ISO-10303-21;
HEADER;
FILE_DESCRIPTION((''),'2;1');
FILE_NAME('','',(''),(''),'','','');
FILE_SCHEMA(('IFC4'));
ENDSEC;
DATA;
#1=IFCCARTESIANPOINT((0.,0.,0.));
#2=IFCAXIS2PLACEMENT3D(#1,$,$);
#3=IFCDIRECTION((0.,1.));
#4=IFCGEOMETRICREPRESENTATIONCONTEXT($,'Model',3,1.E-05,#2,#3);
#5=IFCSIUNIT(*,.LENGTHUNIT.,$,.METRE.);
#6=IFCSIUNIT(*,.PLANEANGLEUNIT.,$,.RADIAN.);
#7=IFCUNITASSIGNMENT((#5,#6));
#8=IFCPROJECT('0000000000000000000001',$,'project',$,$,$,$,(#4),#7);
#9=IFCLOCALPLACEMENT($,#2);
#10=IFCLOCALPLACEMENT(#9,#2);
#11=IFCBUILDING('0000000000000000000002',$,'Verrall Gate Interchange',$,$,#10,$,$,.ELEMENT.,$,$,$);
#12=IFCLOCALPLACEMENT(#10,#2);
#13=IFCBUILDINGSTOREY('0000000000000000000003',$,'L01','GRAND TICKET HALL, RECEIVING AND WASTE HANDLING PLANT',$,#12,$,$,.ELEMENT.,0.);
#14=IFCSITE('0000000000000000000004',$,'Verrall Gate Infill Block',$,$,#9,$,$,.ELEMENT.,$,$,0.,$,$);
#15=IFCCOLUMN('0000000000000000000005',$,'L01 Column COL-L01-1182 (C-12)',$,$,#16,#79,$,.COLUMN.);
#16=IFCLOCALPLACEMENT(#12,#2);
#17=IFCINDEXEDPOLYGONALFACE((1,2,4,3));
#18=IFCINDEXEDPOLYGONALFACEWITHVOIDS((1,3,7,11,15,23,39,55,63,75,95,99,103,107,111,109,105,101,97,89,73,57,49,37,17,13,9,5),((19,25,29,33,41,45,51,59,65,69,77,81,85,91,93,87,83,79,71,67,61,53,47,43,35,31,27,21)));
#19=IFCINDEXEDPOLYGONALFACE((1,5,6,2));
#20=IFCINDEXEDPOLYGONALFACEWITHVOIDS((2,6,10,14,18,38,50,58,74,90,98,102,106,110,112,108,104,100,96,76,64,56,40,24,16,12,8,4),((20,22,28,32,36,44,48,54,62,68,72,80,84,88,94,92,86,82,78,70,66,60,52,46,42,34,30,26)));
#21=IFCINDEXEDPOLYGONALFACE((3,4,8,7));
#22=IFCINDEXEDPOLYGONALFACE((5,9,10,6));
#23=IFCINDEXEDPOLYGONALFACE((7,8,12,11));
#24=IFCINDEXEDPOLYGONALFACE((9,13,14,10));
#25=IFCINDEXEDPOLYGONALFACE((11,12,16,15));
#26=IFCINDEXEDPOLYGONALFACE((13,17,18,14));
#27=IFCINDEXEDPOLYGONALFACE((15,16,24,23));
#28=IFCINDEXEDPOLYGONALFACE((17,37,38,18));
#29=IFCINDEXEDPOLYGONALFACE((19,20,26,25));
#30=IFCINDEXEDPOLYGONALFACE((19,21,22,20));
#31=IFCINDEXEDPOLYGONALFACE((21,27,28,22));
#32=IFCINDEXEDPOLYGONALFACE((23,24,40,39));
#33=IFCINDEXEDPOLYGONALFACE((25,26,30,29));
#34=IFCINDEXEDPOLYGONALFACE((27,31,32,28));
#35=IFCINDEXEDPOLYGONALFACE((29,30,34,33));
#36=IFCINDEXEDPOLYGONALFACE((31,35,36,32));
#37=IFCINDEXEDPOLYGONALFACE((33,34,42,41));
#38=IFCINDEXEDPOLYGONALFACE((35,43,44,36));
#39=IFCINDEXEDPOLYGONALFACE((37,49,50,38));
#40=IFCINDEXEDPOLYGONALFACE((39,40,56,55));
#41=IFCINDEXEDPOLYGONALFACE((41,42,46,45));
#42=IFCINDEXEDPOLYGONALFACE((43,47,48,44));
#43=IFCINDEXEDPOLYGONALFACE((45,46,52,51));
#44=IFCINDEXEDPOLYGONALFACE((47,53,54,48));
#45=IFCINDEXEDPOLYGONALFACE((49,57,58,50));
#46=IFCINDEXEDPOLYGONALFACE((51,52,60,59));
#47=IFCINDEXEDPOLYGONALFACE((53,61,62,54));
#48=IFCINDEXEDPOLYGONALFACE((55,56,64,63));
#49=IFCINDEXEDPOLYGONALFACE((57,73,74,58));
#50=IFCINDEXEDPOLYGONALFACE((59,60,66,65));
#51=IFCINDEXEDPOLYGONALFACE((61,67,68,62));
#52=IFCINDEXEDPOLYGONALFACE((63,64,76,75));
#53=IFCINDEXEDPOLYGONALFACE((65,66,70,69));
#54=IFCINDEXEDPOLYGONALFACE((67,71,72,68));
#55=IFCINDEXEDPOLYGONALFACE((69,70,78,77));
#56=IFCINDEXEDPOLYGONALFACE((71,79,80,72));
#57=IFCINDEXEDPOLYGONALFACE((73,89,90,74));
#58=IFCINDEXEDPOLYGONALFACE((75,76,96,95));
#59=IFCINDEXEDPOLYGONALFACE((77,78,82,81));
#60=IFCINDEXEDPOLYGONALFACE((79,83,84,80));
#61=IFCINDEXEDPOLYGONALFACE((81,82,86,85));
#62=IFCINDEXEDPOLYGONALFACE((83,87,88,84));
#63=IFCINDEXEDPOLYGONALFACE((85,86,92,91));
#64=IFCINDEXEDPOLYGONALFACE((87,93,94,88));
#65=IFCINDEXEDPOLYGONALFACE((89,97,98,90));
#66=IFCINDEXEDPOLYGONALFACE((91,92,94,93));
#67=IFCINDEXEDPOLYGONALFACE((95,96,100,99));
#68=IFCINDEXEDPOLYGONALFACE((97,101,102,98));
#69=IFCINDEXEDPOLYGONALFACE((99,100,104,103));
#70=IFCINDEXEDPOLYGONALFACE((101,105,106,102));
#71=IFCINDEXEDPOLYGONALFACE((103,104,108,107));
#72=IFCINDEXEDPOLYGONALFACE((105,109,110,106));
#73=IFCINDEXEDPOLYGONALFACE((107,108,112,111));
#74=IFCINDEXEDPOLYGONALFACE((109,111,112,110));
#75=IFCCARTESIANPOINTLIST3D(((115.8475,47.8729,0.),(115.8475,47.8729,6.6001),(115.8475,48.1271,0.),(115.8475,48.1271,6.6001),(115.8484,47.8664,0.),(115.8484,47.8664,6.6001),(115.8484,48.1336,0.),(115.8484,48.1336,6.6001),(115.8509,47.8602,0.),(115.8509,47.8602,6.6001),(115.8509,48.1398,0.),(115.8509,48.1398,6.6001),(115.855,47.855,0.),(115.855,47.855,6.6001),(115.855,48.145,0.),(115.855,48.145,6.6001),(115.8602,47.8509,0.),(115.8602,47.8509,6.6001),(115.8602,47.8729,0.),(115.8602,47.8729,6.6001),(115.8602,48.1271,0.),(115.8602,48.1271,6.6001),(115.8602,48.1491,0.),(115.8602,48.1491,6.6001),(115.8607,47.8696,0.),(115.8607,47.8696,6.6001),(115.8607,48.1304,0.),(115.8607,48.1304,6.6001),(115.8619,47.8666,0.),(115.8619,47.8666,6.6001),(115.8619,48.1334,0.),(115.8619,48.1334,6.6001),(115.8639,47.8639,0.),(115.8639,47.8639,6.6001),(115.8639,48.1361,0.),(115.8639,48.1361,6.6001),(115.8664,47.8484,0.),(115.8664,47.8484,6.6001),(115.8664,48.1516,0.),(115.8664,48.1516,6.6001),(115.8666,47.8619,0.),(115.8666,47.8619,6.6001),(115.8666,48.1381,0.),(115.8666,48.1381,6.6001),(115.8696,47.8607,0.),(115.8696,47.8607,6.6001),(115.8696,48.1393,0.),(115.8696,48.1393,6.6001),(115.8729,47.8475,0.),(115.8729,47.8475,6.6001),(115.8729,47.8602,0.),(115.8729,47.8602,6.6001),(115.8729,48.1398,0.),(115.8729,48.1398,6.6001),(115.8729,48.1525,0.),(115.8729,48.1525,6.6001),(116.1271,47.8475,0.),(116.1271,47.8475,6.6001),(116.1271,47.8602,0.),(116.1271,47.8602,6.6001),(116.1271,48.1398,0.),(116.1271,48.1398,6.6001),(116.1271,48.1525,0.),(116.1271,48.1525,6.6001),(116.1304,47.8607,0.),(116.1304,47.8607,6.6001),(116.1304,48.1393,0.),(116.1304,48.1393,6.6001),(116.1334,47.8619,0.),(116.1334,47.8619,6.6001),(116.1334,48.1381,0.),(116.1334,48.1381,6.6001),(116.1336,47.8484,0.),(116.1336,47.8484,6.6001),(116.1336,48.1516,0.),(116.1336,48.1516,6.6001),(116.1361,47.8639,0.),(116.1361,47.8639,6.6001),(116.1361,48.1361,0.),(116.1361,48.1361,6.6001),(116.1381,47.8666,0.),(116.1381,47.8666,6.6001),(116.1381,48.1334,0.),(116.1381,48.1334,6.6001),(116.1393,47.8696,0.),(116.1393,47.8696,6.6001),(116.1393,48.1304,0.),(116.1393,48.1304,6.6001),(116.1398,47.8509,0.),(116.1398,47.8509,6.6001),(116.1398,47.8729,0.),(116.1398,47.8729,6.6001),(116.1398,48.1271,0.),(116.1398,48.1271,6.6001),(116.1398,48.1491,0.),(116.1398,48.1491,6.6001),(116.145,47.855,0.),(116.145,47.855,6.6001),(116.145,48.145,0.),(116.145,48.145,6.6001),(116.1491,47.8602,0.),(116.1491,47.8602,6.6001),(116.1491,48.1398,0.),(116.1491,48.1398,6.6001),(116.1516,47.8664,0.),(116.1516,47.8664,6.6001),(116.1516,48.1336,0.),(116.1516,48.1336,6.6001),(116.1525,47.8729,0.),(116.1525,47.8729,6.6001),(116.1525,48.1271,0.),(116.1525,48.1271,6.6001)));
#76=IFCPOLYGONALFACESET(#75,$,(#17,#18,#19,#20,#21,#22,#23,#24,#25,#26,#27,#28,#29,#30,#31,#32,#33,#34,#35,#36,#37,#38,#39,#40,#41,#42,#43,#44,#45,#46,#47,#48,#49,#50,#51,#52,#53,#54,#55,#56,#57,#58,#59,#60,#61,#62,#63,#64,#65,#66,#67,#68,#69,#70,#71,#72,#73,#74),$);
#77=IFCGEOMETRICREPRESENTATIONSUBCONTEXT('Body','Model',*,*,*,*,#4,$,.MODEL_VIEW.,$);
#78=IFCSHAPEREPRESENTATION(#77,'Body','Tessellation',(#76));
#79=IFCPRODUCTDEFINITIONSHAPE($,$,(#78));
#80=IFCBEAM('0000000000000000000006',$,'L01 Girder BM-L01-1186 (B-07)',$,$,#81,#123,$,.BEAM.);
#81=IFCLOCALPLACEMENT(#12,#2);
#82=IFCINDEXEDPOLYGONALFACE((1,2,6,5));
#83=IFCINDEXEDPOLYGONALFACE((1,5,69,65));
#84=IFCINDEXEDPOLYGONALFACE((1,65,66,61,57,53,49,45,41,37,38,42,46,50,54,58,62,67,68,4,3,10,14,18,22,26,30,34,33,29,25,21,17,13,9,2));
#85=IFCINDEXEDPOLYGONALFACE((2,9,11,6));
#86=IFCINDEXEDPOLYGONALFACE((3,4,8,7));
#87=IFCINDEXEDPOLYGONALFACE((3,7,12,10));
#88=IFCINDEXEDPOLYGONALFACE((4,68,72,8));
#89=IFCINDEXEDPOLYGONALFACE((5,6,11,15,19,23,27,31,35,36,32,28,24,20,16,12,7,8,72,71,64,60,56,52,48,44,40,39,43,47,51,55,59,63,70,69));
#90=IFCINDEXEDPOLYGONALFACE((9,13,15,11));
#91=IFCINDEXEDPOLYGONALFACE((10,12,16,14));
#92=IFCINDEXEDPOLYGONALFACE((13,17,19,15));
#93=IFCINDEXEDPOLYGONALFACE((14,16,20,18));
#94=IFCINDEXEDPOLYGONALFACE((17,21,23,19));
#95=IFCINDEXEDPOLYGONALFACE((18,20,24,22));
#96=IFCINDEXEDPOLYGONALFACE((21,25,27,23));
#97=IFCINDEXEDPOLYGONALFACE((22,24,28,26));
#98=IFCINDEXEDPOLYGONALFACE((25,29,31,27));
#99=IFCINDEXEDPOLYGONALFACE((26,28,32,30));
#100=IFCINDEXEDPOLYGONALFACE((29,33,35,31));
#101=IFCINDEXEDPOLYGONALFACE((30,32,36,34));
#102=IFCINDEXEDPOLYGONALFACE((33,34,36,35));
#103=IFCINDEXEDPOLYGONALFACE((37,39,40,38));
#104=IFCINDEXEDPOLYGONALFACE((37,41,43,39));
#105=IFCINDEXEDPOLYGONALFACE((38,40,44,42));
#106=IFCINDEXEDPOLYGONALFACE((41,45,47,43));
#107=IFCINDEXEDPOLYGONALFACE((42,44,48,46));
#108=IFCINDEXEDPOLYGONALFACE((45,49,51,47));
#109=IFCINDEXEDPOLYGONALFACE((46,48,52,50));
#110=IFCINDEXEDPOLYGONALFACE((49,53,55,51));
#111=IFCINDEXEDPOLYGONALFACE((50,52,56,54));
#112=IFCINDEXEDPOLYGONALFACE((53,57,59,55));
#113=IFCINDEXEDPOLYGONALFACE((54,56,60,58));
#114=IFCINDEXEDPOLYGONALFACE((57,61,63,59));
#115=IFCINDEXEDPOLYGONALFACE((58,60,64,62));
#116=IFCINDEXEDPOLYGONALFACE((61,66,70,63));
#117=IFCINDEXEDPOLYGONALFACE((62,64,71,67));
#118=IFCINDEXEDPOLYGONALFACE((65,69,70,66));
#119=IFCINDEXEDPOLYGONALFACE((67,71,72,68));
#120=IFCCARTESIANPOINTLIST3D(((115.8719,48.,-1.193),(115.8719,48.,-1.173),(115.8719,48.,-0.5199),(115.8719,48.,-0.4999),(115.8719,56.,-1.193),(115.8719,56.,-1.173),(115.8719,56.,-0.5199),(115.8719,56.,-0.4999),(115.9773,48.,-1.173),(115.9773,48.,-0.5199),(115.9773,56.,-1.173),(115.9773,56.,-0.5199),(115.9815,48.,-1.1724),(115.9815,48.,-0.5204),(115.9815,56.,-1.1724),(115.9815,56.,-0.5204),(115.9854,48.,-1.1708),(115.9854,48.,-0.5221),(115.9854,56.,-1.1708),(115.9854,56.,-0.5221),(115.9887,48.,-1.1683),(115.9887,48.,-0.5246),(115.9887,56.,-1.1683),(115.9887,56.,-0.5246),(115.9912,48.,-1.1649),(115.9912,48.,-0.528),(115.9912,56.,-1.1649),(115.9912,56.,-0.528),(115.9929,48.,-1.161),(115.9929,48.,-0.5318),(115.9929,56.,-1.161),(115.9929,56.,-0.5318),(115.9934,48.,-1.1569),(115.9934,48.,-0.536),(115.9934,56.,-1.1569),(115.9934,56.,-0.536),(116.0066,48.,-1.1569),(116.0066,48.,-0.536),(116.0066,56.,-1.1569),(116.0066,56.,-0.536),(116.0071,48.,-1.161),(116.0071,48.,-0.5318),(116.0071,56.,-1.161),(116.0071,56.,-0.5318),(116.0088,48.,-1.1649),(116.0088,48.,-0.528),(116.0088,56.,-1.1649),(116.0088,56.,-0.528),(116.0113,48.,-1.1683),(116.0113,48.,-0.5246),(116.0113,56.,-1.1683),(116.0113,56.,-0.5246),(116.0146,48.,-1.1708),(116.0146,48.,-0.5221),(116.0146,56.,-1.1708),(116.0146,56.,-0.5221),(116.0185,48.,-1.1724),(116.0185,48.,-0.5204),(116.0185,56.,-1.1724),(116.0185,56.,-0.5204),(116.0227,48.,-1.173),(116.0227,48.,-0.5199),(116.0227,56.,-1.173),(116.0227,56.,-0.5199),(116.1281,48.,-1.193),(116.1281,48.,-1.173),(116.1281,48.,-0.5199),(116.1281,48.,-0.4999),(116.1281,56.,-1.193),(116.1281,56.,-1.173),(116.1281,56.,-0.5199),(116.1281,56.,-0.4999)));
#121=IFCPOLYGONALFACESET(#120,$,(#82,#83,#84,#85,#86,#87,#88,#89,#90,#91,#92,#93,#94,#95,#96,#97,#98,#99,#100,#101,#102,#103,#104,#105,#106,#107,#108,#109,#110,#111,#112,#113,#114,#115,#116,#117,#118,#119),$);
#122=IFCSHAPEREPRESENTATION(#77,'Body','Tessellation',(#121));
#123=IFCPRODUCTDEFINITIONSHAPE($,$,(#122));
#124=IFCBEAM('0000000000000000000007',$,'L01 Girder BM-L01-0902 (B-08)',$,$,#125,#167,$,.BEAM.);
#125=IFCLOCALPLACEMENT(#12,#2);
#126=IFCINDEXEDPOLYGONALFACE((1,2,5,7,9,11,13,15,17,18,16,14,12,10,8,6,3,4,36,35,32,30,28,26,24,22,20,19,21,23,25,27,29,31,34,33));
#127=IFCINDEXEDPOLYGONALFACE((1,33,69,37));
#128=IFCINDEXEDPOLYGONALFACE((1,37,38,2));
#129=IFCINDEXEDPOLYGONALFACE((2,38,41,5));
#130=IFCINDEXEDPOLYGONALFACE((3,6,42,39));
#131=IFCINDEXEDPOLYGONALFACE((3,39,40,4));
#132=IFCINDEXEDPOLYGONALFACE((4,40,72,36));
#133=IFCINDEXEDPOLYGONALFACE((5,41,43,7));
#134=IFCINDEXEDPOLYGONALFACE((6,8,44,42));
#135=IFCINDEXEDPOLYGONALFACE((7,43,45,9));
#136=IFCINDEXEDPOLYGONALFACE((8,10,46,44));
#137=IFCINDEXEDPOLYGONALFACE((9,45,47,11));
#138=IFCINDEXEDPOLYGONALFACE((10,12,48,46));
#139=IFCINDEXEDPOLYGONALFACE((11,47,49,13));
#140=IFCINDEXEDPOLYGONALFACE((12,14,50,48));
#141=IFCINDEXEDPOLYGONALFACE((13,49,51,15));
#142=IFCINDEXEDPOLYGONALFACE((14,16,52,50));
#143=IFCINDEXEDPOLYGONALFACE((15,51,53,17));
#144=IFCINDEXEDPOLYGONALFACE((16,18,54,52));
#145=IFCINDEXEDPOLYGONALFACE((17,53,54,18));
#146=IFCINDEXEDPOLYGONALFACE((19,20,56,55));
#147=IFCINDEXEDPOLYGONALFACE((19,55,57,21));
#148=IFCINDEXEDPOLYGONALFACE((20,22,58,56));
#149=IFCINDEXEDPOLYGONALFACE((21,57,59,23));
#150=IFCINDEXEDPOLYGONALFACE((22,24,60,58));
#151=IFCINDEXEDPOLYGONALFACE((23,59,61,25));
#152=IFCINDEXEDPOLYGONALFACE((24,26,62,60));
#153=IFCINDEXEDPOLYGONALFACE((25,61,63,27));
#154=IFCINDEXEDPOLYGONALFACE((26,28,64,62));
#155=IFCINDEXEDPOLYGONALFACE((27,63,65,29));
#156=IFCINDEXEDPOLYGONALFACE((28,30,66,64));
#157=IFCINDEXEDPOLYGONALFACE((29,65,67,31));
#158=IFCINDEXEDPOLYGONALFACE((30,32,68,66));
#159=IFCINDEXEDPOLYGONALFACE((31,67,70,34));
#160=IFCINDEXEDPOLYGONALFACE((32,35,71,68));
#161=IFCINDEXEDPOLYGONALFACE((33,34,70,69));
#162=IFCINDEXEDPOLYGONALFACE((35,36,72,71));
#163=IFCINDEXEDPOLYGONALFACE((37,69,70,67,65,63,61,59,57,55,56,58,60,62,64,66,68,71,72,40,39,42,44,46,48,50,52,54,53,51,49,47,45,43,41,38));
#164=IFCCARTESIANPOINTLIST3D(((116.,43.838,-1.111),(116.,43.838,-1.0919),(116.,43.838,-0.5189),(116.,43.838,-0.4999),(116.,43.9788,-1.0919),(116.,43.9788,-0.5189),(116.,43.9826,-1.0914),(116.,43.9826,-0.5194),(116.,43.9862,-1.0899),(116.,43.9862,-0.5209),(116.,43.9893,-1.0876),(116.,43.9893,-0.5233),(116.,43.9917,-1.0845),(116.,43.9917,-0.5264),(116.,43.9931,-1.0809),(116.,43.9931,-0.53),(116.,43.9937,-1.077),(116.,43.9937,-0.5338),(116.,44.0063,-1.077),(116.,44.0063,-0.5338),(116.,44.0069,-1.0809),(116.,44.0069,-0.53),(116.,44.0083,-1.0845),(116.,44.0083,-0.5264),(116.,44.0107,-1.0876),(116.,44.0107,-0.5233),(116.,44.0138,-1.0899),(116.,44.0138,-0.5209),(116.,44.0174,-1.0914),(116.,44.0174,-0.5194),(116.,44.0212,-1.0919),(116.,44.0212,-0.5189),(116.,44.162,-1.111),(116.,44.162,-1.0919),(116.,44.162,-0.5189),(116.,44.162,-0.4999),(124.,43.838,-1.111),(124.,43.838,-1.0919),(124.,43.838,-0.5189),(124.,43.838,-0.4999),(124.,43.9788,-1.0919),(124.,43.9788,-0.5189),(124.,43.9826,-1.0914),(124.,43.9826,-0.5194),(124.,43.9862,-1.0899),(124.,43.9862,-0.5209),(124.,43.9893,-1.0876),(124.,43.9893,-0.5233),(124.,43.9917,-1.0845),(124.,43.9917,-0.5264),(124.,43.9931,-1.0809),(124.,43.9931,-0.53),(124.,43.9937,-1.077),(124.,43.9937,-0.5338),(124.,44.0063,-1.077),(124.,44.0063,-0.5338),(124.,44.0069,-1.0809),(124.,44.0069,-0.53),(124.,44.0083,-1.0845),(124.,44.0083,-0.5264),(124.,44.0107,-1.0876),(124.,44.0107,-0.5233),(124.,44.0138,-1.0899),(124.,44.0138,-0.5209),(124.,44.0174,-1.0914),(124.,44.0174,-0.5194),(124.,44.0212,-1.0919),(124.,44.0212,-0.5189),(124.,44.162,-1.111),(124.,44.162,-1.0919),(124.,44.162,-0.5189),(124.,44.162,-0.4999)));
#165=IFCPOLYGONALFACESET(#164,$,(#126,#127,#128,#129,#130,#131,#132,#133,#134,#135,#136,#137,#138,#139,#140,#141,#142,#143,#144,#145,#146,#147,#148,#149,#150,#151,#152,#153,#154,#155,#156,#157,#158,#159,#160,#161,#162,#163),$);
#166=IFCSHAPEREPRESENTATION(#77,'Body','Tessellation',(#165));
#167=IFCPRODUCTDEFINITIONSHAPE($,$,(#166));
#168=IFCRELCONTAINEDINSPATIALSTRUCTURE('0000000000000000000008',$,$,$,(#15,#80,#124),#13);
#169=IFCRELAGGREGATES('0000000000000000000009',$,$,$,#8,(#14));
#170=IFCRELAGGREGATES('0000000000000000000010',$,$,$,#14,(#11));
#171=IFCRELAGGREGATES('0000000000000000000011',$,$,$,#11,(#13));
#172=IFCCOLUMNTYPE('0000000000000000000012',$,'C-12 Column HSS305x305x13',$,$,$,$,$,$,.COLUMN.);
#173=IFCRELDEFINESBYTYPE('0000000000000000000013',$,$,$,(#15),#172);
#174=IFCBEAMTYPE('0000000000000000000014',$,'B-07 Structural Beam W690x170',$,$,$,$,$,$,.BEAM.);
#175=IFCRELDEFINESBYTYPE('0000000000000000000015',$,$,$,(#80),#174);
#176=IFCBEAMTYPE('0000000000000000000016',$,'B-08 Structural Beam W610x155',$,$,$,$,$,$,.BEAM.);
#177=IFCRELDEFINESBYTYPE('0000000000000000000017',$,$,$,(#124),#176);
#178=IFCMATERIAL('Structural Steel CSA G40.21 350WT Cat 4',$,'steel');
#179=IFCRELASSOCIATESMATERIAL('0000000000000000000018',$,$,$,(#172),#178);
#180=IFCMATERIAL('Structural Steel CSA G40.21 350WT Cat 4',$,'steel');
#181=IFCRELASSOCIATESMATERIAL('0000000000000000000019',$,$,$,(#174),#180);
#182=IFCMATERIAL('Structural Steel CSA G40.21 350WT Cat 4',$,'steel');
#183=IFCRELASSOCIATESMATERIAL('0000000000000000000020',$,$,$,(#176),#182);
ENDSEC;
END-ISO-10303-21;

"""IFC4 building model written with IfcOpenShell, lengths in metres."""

from ifc_helpers import new_model, si_unit, direction, frame, origin, origin_2d, place, context, subcontext, project, spatial, hollow_rectangle, i_section, extrude, material, material_profile, profile_set, type_object, element, save


model = new_model("IFC4")

# Units and contexts
model_context = context("Model", 3, precision=1e-05, world=origin(), true_north=direction((0.0, 1.0)))
body_context = subcontext(model_context, "Body", "Model", "MODEL_VIEW")
ifc_project = project(units=[si_unit("LENGTHUNIT", "METRE"), si_unit("PLANEANGLEUNIT", "RADIAN")], contexts=[model_context])

# Site, building, storey
site_placement = place(None, origin())
site = spatial("IfcSite", under=ifc_project, at=site_placement, Name="Verrall Gate Infill Block", CompositionType="ELEMENT", RefElevation=0.0)
building_placement = place(site_placement, origin())
building = spatial("IfcBuilding", under=site, at=building_placement, Name="Verrall Gate Interchange", CompositionType="ELEMENT")
storey_placement = place(building_placement, origin())
storey = spatial("IfcBuildingStorey", under=building, at=storey_placement, Name="L01", Description="GRAND TICKET HALL, RECEIVING AND WASTE HANDLING PLANT", CompositionType="ELEMENT", Elevation=0.0)

# Column
ifc_material_1 = material(Name="Structural Steel CSA G40.21 350WT Cat 4", Category="steel")
ifc_material_profile_1 = material_profile(ifc_material_1, hollow_rectangle(XDim=0.3049, YDim=0.3049, WallThickness=0.0127, InnerFilletRadius=0.0127, OuterFilletRadius=0.0254, at=origin_2d()), Name="HSS305x305x13")
ifc_profile_set_1 = profile_set([ifc_material_profile_1], Name="Structural Steel CSA G40.21 350WT Cat 4")
column_type = type_object("IfcColumnType", Name="C-12 Column HSS305x305x13", PredefinedType="COLUMN", material=ifc_profile_set_1)
column_placement = place(storey_placement, frame((116.0, 48.0, 0.0), z_axis=(0.0, 0.0, 1.0), x_axis=(1.0, 0.0, 0.0)))
element("IfcColumn", 1, at=column_placement, inside=storey, type_object=column_type, Name="L01 Column COL-L01-1182 (C-12)", PredefinedType="COLUMN", context=body_context, shape_type="SweptSolid", body=[
    extrude(hollow_rectangle(XDim=0.3049, YDim=0.3049, WallThickness=0.0127, InnerFilletRadius=0.0127, OuterFilletRadius=0.0254, at=origin_2d()), origin(), (0.0, 0.0, 1.0), 6.6001),
])

# Beams
ifc_material_2 = material(Name="Structural Steel CSA G40.21 350WT Cat 4", Category="steel")
ifc_material_profile_2 = material_profile(ifc_material_2, i_section(OverallWidth=0.2561, OverallDepth=0.6931, WebThickness=0.0132, FlangeThickness=0.02, FilletRadius=0.0161, at=origin_2d()), Name="W690x170")
ifc_profile_set_2 = profile_set([ifc_material_profile_2], Name="Structural Steel CSA G40.21 350WT Cat 4")
beam_type_1 = type_object("IfcBeamType", Name="B-07 Structural Beam W690x170", PredefinedType="BEAM", material=ifc_profile_set_2)
beam_1_placement = place(storey_placement, frame((116.0, 48.0, -0.8464), z_axis=(0.0, 1.0, 0.0), x_axis=(-1.0, 0.0, 0.0)))
element("IfcBeam", 2, at=beam_1_placement, inside=storey, type_object=beam_type_1, Name="L01 Girder BM-L01-1186 (B-07)", PredefinedType="BEAM", context=body_context, shape_type="SweptSolid", body=[
    extrude(i_section(OverallWidth=0.2561, OverallDepth=0.6931, WebThickness=0.0132, FlangeThickness=0.02, FilletRadius=0.0161, at=origin_2d()), origin(), (0.0, 0.0, 1.0), 8.0),
])
ifc_material_3 = material(Name="Structural Steel CSA G40.21 350WT Cat 4", Category="steel")
ifc_material_profile_3 = material_profile(ifc_material_3, i_section(OverallWidth=0.324, OverallDepth=0.6111, WebThickness=0.0127, FlangeThickness=0.019, FilletRadius=0.0149, at=origin_2d()), Name="W610x155")
ifc_profile_set_3 = profile_set([ifc_material_profile_3], Name="Structural Steel CSA G40.21 350WT Cat 4")
beam_type_2 = type_object("IfcBeamType", Name="B-08 Structural Beam W610x155", PredefinedType="BEAM", material=ifc_profile_set_3)
for number, where, z_axis, x_axis, name in (
    (3, (116.0, 44.0, -0.8054), (1.0, 0.0, 0.0), (0.0, 1.0, 0.0), "L01 Girder BM-L01-0902 (B-08)"),
):
    element("IfcBeam", number, at=place(storey_placement, frame(where, z_axis=z_axis, x_axis=x_axis)), inside=storey, type_object=beam_type_2, Name=name, PredefinedType="BEAM", context=body_context, shape_type="SweptSolid", body=[
        extrude(i_section(OverallWidth=0.324, OverallDepth=0.6111, WebThickness=0.0127, FlangeThickness=0.019, FilletRadius=0.0149, at=origin_2d()), origin(), (0.0, 0.0, 1.0), 8.0),
    ])

save(model, "model.ifc")
